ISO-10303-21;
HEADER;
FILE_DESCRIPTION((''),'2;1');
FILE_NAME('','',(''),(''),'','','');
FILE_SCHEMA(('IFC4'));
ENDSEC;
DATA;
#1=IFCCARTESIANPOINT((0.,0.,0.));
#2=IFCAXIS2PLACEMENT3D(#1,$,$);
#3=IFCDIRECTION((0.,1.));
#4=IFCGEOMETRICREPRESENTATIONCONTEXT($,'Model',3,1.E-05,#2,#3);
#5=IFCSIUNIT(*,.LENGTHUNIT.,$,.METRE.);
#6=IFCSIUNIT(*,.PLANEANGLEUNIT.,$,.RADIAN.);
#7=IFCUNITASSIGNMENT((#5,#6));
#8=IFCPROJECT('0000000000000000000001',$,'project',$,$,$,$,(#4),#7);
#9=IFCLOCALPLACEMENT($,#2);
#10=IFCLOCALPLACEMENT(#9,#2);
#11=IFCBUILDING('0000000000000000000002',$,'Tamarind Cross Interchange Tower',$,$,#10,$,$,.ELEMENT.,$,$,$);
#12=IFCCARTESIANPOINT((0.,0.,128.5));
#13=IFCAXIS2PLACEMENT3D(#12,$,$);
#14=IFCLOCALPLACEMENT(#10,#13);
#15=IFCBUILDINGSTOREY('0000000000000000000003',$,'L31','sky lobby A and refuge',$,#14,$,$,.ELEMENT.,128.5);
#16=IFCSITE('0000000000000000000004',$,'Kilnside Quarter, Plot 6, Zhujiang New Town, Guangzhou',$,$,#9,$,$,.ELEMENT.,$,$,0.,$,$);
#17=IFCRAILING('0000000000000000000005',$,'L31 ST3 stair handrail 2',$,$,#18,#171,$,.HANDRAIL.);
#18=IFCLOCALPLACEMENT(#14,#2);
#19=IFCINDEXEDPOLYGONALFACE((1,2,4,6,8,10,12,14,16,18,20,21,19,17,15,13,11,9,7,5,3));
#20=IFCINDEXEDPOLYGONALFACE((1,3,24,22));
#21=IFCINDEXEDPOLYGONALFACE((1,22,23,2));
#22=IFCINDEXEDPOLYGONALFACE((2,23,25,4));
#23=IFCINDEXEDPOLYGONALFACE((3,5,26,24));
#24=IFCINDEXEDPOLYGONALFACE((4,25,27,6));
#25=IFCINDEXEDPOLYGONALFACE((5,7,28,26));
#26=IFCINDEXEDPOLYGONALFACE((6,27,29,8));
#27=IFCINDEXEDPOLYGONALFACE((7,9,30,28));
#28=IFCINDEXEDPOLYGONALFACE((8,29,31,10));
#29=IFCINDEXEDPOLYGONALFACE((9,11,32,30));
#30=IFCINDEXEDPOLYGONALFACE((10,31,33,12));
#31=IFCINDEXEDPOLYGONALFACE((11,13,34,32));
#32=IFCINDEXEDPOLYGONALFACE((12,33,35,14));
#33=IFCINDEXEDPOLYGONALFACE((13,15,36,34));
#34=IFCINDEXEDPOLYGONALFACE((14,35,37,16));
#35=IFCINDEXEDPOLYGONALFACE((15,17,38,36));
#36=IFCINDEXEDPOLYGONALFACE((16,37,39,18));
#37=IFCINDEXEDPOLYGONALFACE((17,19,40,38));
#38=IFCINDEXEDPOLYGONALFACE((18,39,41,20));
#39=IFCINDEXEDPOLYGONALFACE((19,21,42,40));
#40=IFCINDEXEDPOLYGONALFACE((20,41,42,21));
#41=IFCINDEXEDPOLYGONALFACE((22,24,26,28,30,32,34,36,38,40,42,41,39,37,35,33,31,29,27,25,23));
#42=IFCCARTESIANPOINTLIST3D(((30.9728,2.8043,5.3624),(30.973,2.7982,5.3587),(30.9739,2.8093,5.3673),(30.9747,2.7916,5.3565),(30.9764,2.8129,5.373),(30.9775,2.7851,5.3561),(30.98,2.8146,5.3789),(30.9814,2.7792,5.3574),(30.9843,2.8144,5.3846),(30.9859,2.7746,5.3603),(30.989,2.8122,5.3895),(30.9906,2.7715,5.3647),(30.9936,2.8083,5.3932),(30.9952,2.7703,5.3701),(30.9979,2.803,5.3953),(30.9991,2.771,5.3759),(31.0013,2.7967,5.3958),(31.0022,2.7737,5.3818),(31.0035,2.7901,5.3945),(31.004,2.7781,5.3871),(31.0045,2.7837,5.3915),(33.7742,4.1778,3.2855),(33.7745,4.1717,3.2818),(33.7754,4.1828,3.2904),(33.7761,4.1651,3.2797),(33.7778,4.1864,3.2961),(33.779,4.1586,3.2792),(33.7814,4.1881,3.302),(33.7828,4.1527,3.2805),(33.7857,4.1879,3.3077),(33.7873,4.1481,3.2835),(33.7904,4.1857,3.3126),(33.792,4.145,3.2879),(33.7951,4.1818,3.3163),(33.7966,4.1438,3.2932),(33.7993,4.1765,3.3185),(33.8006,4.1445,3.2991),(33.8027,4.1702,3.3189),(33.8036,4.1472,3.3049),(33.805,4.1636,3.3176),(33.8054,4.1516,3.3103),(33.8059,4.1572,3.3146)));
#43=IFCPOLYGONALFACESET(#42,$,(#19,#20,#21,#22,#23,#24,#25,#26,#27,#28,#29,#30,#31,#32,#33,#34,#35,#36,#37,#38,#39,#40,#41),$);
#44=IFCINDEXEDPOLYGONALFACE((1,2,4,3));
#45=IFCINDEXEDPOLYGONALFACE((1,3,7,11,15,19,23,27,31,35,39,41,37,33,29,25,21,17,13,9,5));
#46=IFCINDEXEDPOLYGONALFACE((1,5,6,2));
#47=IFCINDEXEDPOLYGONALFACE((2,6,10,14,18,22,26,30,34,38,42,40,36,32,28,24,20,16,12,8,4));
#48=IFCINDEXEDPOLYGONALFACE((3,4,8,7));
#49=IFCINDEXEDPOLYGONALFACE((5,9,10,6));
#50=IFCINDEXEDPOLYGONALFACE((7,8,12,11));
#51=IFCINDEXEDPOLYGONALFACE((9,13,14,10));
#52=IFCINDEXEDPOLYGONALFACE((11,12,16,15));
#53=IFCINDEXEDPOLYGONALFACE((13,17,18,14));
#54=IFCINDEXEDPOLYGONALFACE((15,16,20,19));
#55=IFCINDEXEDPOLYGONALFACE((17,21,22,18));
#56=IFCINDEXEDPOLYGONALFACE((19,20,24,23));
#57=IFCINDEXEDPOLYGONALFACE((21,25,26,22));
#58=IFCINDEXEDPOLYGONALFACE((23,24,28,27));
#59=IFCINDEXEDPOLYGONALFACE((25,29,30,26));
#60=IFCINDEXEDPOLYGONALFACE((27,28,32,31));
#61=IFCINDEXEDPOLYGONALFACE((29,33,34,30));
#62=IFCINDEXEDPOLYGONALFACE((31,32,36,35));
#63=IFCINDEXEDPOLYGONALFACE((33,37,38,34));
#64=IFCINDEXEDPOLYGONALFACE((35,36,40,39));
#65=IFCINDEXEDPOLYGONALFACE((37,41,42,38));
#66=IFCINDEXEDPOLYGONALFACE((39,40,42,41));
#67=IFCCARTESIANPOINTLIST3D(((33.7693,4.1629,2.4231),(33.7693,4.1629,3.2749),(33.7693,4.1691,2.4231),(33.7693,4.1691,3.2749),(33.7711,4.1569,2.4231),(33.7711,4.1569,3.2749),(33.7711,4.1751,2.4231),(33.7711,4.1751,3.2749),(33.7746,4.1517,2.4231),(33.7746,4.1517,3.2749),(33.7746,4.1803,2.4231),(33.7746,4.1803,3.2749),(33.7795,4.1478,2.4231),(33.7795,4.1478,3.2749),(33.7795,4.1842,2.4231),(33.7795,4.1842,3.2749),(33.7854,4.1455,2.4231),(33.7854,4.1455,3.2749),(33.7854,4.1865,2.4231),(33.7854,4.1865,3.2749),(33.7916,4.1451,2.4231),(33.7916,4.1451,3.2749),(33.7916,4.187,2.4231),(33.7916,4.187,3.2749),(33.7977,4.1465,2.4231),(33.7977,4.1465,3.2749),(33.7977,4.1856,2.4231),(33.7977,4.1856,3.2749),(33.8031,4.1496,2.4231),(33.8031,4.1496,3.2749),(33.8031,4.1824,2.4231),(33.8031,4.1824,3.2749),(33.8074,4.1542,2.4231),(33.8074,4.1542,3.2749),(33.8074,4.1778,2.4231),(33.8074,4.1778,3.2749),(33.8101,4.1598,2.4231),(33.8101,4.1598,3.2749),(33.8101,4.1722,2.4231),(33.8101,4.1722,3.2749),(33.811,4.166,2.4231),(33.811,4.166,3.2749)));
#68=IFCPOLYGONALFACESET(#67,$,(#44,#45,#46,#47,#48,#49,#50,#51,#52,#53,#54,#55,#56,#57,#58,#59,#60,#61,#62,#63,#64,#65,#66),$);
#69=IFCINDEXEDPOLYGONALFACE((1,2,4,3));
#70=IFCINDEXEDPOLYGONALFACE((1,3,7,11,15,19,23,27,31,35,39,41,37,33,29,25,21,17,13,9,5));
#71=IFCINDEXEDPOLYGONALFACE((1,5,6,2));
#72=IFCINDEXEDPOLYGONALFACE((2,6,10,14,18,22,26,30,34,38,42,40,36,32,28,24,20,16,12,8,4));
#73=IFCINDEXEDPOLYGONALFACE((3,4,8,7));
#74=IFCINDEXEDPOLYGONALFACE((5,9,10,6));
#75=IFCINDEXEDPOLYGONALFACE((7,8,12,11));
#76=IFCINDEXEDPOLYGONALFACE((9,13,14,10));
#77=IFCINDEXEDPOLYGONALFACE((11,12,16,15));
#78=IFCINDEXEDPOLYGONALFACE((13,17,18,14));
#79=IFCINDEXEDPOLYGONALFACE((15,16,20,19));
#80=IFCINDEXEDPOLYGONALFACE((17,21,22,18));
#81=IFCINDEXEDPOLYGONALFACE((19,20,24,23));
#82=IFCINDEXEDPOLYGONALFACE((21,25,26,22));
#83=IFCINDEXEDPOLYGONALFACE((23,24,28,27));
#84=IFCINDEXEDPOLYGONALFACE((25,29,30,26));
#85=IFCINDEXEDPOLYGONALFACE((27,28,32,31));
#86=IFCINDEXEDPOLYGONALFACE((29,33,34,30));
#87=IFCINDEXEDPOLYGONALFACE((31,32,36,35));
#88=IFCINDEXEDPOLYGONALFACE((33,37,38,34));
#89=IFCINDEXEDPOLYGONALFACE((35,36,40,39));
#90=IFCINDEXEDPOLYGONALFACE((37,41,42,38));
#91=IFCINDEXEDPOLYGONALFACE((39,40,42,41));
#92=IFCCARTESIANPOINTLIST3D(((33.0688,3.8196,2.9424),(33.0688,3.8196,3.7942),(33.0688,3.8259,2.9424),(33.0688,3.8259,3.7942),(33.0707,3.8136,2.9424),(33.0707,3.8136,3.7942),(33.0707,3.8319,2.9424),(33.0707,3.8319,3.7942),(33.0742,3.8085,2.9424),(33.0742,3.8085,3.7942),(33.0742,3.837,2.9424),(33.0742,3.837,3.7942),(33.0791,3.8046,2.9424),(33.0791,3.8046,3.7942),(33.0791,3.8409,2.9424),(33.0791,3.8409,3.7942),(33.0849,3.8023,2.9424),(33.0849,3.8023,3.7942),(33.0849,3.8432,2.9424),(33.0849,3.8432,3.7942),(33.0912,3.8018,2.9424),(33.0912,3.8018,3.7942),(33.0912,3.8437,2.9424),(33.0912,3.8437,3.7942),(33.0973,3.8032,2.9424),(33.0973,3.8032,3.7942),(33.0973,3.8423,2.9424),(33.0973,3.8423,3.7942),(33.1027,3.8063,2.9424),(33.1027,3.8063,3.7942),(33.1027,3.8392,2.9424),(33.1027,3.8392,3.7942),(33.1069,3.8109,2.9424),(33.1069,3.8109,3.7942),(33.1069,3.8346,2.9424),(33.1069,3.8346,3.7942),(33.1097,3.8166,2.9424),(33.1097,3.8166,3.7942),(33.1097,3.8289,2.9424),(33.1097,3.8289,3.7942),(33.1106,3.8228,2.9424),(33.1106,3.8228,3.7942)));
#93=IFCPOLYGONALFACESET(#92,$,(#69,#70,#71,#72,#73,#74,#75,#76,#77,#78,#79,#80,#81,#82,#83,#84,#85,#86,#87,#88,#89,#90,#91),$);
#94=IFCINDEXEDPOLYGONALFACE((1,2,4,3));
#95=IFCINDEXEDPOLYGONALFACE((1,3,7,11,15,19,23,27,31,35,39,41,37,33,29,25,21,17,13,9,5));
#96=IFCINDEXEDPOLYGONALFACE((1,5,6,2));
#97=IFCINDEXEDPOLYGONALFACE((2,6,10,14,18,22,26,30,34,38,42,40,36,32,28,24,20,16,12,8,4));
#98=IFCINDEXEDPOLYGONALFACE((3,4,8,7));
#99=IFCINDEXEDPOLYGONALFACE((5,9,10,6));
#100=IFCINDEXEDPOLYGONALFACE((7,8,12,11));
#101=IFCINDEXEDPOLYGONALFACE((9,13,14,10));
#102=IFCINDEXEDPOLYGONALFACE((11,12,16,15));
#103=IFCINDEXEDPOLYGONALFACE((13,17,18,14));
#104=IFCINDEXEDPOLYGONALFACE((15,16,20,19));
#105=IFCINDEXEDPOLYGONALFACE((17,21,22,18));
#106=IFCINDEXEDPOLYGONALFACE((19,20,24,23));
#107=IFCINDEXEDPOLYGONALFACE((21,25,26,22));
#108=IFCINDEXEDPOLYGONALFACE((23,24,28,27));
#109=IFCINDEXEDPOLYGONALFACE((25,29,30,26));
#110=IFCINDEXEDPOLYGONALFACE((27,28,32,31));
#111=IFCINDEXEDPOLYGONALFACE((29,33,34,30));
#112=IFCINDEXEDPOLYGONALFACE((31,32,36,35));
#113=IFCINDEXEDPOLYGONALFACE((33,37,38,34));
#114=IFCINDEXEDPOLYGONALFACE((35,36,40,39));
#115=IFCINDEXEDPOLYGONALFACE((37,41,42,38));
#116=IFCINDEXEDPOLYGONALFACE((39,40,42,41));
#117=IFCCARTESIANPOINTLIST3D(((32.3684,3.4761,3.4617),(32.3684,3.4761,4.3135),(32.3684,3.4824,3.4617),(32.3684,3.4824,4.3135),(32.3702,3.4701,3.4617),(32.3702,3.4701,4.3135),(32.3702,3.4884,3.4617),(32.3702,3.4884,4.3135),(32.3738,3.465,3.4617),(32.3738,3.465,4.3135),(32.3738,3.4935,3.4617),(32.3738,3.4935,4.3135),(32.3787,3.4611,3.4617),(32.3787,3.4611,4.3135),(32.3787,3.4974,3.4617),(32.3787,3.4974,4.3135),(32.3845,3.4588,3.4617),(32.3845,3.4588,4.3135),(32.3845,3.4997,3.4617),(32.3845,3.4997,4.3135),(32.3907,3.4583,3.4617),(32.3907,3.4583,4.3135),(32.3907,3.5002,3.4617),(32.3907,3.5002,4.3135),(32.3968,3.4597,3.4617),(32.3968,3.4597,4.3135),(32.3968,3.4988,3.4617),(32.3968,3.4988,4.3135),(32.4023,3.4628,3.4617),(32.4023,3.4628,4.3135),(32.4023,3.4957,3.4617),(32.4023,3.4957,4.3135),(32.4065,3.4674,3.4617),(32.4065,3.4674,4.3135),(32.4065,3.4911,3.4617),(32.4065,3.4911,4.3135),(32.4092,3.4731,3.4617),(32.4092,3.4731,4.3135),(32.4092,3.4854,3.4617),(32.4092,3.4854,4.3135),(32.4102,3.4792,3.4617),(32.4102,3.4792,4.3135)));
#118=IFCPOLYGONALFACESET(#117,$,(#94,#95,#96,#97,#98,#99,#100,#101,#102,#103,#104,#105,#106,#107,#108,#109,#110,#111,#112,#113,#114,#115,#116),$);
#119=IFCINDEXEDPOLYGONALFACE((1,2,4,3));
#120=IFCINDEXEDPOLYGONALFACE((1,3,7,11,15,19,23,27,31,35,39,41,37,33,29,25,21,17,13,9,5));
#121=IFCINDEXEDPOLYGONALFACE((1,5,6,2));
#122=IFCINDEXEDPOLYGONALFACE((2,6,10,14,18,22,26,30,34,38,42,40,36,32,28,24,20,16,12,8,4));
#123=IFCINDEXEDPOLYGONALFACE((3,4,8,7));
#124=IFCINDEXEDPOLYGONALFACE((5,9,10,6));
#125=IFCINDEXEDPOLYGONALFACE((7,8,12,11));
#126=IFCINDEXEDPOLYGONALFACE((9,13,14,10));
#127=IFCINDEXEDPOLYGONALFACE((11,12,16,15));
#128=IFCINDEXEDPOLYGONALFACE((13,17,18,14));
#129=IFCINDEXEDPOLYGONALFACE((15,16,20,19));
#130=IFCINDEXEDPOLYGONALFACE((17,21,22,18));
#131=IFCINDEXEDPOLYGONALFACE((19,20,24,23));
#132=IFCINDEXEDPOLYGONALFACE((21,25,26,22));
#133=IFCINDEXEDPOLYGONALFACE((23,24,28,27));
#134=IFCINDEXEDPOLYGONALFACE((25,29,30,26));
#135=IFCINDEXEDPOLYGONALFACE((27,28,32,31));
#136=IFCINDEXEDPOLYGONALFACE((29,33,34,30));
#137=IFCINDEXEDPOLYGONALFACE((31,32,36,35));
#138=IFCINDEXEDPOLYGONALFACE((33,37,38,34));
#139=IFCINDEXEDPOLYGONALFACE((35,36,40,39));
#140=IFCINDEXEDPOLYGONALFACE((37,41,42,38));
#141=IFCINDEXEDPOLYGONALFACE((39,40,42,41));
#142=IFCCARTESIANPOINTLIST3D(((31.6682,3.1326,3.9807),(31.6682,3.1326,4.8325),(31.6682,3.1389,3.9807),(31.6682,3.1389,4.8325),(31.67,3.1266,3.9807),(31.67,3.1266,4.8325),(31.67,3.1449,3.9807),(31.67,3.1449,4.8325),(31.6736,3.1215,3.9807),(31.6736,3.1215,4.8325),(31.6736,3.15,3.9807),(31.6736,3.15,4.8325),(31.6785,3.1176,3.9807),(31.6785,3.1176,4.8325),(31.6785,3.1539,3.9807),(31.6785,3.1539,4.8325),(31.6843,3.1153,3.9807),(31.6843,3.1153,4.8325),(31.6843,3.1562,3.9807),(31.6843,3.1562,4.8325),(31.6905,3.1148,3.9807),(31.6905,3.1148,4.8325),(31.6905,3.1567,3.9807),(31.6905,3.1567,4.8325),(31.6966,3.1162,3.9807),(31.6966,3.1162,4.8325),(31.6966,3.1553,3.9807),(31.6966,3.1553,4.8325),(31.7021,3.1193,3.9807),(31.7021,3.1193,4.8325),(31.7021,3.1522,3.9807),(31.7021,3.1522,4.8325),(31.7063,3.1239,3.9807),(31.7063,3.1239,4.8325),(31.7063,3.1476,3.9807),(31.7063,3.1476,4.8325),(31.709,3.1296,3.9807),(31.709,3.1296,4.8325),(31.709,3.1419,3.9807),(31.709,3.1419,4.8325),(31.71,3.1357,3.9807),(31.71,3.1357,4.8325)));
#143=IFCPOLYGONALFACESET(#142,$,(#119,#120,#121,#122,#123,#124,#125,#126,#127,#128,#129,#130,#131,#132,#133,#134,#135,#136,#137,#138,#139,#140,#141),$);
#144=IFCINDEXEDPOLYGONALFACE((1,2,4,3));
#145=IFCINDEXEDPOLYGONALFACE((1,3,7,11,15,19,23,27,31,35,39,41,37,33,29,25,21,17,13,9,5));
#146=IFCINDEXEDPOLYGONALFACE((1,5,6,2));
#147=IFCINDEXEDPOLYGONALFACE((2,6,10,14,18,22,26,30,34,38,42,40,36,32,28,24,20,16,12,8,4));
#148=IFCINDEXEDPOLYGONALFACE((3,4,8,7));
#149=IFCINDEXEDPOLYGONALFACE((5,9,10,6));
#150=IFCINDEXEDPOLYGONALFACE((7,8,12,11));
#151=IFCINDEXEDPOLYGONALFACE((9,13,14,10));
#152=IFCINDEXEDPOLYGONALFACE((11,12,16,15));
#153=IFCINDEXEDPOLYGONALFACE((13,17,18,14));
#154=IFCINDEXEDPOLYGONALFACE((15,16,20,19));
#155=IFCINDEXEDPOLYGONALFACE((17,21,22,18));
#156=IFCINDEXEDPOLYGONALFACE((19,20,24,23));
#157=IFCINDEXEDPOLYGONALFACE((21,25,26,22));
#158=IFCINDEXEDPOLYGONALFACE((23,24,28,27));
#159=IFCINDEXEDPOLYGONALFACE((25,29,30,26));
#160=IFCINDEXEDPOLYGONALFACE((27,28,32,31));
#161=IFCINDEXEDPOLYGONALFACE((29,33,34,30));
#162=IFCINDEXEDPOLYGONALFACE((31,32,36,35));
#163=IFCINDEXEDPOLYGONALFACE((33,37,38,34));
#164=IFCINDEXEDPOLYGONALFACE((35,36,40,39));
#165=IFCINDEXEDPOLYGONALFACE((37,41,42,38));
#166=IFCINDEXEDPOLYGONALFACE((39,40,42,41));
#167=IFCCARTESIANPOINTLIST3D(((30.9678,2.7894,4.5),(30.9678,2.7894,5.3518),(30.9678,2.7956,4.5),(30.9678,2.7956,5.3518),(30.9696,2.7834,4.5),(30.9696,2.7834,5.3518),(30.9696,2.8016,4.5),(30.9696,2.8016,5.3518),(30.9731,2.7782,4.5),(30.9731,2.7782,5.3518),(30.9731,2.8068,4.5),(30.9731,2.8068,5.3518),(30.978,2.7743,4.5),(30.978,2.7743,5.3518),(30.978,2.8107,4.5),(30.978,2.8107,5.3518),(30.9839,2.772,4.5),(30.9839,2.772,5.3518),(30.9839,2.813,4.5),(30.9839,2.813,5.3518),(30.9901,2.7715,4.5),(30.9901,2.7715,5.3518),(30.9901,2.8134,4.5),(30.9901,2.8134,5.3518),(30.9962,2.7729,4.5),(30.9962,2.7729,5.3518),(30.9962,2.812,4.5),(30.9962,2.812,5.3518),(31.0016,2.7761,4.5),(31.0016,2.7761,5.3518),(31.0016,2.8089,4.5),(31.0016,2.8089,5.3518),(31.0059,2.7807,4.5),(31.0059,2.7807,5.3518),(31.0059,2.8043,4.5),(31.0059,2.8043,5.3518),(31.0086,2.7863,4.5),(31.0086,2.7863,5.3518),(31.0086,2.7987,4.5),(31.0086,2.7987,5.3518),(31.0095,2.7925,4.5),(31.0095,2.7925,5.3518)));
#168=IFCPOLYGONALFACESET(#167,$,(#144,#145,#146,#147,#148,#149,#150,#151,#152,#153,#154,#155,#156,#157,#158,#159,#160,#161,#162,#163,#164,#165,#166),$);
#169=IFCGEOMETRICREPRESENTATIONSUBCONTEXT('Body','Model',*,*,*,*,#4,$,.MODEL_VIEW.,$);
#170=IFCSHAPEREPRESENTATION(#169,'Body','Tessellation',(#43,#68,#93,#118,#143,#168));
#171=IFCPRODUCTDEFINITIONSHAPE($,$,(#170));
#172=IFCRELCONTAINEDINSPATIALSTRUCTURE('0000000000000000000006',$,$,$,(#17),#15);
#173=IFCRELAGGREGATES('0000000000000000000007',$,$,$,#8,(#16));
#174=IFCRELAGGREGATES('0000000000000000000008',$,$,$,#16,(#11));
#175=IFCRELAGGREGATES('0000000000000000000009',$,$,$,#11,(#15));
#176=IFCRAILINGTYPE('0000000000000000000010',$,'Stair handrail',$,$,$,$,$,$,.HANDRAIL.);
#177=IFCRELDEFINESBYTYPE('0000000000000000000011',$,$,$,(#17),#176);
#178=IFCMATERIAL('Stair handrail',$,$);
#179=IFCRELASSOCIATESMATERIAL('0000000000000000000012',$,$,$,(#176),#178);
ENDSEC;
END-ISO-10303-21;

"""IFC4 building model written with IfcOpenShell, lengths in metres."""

from ifc_helpers import new_model, si_unit, direction, frame, origin, origin_2d, place, context, subcontext, project, spatial, circle, extrude, material, type_object, element, save


model = new_model("IFC4")

# Units and contexts
model_context = context("Model", 3, precision=1e-05, world=origin(), true_north=direction((0.0, 1.0)))
body_context = subcontext(model_context, "Body", "Model", "MODEL_VIEW")
ifc_project = project(units=[si_unit("LENGTHUNIT", "METRE"), si_unit("PLANEANGLEUNIT", "RADIAN")], contexts=[model_context])

# Site, building, storey
site_placement = place(None, origin())
site = spatial("IfcSite", under=ifc_project, at=site_placement, Name="Kilnside Quarter, Plot 6, Zhujiang New Town, Guangzhou", CompositionType="ELEMENT", RefElevation=0.0)
building_placement = place(site_placement, origin())
building = spatial("IfcBuilding", under=site, at=building_placement, Name="Tamarind Cross Interchange Tower", CompositionType="ELEMENT")
storey_placement = place(building_placement, frame((0.0, 0.0, 128.5)))
storey = spatial("IfcBuildingStorey", under=building, at=storey_placement, Name="L31", Description="sky lobby A and refuge", CompositionType="ELEMENT", Elevation=128.5)

# Railing
ifc_material_1 = material(Name="Stair handrail")
railing_type_1 = type_object("IfcRailingType", Name="Stair handrail", PredefinedType="HANDRAIL", material=ifc_material_1)
railing_1_placement = place(storey_placement, frame((33.79, 4.166, 2.4231)))
element("IfcRailing", 1, at=railing_1_placement, inside=storey, type_object=railing_type_1, Name="L31 ST3 stair handrail 2", PredefinedType="HANDRAIL", context=body_context, shape_type="SweptSolid", body=[
    extrude(circle(Radius=0.0239, at=origin_2d()), frame((0.0, 0.0, 0.876), z_axis=(-0.74744, -0.366457, 0.554115), x_axis=(0.44022, -0.89789, 0.0)), (0.0, 0.0, 1.0), 3.748),
    extrude(circle(Radius=0.021, at=origin_2d()), origin(), (0.0, 0.0, 1.0), 0.8518),
    extrude(circle(Radius=0.021, at=origin_2d()), frame((-0.7004, -0.3433, 0.5193)), (0.0, 0.0, 1.0), 0.8518),
    extrude(circle(Radius=0.021, at=origin_2d()), frame((-1.4009, -0.6868, 1.0386)), (0.0, 0.0, 1.0), 0.8518),
    extrude(circle(Radius=0.021, at=origin_2d()), frame((-2.1011, -1.0303, 1.5576)), (0.0, 0.0, 1.0), 0.8518),
    extrude(circle(Radius=0.021, at=origin_2d()), frame((-2.8015, -1.3735, 2.0769)), (0.0, 0.0, 1.0), 0.8518),
])

save(model, "model.ifc")
